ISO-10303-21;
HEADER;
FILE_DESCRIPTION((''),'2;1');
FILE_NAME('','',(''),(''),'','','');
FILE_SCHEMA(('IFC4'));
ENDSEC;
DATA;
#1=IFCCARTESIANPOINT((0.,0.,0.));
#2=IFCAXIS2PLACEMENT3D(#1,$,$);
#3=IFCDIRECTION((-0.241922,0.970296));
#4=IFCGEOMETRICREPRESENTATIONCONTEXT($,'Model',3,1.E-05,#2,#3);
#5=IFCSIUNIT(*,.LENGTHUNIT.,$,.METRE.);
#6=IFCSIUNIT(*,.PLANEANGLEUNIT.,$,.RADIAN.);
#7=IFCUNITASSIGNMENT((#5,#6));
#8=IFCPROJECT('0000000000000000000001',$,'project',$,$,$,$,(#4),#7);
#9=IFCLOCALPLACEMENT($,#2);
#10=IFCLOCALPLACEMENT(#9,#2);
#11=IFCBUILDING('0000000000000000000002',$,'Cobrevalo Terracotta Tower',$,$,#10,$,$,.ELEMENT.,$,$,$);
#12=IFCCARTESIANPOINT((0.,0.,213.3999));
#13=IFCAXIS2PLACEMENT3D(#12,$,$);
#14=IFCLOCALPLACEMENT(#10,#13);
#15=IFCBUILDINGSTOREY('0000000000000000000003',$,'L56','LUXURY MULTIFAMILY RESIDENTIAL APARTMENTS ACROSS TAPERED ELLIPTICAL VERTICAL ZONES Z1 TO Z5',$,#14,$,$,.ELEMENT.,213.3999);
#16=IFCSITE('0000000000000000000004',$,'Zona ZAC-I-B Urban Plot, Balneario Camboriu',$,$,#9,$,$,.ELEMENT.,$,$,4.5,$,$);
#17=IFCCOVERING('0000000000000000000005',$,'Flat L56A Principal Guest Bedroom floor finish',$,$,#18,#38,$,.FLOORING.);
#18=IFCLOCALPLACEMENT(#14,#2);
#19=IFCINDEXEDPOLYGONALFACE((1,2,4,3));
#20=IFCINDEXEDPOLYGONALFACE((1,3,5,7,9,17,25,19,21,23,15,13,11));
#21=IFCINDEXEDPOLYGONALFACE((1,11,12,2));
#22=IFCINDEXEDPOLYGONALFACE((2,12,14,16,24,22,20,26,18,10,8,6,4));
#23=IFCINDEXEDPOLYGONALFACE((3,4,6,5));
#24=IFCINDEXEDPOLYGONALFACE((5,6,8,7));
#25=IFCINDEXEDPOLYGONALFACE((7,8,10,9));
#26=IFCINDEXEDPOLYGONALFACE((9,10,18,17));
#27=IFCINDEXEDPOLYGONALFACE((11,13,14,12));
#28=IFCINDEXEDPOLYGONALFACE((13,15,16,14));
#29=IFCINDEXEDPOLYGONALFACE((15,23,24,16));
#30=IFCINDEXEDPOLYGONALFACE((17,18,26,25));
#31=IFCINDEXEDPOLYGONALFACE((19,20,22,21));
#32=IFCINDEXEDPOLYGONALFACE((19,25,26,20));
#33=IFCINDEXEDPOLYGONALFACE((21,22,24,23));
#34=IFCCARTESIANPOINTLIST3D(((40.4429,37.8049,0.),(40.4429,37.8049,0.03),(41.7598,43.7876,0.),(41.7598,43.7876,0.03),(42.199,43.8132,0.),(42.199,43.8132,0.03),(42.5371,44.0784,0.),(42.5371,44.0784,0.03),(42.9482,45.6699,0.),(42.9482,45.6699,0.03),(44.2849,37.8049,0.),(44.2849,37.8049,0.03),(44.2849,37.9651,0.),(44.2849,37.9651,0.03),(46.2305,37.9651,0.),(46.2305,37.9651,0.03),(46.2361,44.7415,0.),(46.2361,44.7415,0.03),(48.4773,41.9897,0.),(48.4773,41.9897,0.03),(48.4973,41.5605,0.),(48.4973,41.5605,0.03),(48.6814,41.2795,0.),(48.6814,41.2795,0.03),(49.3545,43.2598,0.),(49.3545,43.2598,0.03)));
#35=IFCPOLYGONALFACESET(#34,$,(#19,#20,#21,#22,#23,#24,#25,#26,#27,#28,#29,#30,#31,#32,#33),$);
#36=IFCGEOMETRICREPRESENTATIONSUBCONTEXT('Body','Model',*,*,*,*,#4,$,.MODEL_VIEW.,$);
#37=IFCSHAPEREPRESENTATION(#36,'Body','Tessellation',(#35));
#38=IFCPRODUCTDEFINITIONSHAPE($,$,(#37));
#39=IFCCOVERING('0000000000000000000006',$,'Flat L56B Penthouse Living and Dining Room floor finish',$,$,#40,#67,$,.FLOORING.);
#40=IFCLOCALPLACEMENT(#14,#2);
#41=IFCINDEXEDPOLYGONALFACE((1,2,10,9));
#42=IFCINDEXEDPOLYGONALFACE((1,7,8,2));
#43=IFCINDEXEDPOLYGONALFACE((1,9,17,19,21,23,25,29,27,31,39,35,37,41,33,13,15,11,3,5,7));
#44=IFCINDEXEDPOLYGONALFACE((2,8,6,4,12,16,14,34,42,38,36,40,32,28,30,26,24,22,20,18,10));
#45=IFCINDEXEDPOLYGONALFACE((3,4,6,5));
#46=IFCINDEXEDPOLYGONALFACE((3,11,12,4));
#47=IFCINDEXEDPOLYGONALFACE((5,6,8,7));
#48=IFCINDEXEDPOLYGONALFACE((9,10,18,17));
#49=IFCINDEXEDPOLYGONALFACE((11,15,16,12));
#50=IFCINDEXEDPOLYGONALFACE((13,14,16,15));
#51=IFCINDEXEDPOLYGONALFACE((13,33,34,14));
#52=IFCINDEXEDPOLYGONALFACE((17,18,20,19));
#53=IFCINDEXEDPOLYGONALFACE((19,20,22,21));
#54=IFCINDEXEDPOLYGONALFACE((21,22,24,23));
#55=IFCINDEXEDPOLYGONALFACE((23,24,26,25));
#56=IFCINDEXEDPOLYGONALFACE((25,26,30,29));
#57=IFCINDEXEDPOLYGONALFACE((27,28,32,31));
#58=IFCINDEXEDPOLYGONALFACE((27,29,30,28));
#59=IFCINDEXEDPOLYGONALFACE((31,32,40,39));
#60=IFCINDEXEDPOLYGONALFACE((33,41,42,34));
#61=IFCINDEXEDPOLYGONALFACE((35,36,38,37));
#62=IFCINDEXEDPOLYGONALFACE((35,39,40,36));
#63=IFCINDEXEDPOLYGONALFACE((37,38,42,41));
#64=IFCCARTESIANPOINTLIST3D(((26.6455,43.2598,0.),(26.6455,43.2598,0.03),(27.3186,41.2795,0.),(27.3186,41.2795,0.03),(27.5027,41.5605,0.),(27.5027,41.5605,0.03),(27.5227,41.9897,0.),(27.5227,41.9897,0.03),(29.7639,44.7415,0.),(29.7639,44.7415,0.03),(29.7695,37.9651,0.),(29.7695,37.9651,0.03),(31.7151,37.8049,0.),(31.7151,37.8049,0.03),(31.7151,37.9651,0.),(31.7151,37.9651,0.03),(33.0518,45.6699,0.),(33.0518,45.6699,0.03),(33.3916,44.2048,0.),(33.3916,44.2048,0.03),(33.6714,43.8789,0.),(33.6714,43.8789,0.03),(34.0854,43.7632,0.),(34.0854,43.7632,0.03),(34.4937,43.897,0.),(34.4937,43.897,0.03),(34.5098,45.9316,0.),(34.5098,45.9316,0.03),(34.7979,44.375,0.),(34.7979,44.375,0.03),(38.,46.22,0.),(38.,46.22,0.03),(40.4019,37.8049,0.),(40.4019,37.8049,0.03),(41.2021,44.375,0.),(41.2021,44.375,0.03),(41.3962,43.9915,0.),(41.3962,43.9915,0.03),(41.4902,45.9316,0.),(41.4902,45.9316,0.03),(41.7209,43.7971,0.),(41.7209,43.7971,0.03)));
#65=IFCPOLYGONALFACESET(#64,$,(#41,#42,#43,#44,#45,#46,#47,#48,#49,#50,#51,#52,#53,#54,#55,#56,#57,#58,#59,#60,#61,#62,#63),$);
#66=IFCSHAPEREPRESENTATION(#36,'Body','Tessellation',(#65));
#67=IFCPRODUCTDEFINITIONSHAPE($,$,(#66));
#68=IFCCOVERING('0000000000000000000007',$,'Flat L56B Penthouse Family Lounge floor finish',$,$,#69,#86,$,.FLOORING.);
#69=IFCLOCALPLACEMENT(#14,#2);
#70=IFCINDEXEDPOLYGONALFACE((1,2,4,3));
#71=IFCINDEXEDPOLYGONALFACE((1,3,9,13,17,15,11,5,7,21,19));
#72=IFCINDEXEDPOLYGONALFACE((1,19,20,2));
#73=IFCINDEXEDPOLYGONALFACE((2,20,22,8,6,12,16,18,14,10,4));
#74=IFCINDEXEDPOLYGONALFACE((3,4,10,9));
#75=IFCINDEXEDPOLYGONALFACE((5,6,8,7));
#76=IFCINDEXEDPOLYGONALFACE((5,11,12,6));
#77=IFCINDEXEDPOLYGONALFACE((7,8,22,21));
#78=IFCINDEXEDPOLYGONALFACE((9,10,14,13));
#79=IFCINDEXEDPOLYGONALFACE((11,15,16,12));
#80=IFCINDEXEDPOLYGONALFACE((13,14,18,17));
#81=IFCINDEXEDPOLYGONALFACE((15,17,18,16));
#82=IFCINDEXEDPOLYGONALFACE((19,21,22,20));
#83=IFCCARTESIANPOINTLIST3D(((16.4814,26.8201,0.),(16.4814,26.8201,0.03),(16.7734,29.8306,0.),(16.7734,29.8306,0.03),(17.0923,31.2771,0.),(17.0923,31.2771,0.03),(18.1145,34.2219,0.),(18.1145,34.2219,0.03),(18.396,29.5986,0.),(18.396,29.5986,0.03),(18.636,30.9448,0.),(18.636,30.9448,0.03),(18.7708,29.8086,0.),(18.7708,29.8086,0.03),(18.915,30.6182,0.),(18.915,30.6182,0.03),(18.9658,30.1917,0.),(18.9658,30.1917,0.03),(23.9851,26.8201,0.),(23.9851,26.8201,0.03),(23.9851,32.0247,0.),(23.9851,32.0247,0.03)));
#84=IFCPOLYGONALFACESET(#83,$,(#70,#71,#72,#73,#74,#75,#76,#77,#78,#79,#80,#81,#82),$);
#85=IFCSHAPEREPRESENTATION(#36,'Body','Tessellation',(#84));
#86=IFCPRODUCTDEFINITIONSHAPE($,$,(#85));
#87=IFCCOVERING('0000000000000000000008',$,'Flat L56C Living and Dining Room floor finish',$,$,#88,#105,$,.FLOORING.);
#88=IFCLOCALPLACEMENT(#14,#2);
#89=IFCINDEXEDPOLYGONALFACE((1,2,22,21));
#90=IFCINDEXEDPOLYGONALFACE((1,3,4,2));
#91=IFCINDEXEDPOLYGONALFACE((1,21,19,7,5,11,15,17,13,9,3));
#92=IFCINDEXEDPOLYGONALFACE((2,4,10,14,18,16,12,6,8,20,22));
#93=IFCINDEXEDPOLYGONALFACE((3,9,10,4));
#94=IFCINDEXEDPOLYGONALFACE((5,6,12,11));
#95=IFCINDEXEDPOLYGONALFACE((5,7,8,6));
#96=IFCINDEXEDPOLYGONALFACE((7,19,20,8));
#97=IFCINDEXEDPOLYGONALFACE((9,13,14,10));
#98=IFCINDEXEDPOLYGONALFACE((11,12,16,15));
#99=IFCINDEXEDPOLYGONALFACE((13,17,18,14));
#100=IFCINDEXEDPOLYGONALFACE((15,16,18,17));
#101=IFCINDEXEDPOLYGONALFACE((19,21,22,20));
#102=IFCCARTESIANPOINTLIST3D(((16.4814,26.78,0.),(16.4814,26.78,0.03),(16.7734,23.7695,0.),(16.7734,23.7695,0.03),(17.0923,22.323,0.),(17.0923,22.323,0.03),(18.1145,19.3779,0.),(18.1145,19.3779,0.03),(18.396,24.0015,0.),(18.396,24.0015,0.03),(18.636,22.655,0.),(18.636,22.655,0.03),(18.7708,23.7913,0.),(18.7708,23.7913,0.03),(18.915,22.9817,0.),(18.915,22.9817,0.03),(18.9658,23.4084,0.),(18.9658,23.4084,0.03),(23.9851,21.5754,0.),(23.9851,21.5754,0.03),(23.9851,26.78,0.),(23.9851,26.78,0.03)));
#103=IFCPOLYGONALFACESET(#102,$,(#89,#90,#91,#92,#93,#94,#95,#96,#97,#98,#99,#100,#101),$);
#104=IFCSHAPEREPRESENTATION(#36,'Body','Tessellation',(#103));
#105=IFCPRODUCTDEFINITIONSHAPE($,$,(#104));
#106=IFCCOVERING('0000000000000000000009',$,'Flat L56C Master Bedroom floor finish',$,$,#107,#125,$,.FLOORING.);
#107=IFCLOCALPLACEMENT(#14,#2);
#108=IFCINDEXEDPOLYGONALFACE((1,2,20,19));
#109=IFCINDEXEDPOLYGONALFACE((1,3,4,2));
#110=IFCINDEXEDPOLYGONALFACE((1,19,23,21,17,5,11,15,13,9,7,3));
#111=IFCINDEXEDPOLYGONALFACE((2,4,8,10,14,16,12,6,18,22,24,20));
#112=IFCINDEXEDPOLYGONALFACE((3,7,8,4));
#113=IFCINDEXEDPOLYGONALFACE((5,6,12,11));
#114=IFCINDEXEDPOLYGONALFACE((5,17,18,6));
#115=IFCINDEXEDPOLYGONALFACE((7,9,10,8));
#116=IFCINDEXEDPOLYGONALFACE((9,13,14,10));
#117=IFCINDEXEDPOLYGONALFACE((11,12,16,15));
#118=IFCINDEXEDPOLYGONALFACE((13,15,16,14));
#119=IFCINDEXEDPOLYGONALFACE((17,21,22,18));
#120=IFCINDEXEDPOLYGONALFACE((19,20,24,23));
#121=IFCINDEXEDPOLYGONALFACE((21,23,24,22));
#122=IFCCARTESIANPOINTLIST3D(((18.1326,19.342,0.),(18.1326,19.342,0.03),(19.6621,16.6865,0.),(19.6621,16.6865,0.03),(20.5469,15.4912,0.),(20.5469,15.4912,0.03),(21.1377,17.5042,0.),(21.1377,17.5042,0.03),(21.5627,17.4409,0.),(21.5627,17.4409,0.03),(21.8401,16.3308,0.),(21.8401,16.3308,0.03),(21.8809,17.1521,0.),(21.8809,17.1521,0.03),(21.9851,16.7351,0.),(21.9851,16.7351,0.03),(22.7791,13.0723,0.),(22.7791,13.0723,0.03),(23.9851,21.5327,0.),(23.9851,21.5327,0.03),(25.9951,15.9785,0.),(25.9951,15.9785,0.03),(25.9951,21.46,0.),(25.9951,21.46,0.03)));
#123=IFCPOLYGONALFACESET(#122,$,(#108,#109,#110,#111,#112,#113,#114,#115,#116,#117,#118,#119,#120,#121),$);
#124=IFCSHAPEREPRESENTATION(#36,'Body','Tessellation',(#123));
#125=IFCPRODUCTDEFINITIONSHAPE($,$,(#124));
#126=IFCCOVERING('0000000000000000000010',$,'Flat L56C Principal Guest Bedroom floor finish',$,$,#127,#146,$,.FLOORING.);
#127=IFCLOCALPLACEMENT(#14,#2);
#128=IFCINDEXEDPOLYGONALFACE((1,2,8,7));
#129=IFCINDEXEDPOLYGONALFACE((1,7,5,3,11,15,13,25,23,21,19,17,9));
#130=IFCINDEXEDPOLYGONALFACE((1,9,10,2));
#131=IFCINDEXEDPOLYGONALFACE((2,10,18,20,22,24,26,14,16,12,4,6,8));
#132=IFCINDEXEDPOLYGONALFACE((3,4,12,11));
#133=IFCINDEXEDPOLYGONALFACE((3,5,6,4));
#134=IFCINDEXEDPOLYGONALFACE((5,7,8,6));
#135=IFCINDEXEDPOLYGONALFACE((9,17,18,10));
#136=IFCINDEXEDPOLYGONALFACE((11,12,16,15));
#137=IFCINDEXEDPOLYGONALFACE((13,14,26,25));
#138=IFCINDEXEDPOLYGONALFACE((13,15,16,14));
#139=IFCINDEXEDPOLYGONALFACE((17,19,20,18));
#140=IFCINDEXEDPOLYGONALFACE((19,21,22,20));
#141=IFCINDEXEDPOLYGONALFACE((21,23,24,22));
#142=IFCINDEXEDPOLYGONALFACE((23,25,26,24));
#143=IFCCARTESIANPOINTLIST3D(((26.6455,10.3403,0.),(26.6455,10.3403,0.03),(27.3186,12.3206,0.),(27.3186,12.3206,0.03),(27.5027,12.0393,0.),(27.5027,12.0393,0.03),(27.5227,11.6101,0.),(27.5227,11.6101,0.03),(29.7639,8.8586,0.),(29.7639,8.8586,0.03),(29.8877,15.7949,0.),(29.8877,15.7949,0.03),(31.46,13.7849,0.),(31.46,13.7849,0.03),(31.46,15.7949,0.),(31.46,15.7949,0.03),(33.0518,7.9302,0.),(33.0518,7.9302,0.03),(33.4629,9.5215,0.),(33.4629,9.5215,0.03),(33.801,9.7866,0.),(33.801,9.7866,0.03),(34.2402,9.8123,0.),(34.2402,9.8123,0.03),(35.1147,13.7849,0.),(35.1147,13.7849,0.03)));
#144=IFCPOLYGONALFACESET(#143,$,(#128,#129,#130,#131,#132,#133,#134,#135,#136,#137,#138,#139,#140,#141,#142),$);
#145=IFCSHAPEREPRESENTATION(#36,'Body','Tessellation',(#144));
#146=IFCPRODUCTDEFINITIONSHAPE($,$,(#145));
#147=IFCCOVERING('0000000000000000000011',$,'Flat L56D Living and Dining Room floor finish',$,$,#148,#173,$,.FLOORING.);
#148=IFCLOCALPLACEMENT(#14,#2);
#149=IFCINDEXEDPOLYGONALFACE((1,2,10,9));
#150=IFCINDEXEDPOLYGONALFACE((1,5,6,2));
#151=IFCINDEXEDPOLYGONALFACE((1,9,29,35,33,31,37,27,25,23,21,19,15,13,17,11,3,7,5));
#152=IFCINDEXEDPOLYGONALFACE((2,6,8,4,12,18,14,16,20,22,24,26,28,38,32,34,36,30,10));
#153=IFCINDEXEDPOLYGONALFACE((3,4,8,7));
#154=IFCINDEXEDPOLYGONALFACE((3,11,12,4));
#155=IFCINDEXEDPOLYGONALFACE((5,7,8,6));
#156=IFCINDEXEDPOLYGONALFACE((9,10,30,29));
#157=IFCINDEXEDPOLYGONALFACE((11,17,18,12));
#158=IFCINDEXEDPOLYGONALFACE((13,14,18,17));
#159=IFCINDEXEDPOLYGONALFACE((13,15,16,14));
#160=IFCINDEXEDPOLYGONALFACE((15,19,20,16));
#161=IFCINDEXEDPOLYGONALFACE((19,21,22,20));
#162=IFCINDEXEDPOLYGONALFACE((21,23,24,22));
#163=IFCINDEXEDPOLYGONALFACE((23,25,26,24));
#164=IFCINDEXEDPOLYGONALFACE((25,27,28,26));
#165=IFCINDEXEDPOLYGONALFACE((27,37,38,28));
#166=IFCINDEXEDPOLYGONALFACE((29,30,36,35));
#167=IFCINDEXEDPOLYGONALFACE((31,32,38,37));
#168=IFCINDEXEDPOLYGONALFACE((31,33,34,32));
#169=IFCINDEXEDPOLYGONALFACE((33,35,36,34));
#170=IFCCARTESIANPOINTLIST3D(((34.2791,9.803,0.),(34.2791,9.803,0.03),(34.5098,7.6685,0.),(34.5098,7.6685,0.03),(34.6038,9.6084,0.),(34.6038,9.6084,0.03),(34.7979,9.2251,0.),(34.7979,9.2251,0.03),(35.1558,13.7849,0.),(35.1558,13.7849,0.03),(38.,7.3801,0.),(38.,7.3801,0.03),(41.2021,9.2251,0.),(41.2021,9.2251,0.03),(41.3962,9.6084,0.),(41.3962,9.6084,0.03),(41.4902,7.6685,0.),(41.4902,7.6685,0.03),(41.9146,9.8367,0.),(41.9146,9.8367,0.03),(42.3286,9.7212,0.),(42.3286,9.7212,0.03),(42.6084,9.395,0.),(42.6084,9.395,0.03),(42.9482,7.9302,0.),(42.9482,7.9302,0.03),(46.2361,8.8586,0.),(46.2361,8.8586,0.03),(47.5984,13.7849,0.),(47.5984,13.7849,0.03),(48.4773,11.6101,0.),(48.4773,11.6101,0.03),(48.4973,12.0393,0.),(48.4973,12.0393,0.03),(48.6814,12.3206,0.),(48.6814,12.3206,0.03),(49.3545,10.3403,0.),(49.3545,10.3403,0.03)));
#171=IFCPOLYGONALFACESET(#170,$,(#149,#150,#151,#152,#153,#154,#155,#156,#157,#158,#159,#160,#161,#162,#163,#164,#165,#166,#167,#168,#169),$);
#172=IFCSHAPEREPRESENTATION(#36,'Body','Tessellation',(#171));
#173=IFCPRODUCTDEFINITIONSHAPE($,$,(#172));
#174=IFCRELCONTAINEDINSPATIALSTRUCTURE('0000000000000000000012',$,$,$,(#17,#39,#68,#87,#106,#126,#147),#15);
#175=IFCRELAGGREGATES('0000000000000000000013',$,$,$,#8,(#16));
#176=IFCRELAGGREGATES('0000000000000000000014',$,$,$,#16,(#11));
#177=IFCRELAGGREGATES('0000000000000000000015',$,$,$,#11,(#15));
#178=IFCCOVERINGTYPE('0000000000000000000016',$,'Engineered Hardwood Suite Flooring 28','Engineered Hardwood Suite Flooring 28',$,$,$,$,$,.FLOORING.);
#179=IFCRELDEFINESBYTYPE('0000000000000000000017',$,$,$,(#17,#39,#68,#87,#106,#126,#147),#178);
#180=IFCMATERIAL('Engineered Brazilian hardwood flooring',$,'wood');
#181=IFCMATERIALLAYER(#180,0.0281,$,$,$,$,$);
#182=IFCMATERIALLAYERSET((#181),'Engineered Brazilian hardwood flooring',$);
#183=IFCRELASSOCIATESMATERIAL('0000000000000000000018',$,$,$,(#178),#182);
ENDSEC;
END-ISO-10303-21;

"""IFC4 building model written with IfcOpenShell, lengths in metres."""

from ifc_helpers import new_model, si_unit, direction, frame, origin, place, context, subcontext, project, spatial, polyline, outline, extrude, material, layer, layer_set, type_object, element, save


model = new_model("IFC4")

# Units and contexts
model_context = context("Model", 3, precision=1e-05, world=origin(), true_north=direction((-0.241922, 0.970296)))
body_context = subcontext(model_context, "Body", "Model", "MODEL_VIEW")
ifc_project = project(units=[si_unit("LENGTHUNIT", "METRE"), si_unit("PLANEANGLEUNIT", "RADIAN")], contexts=[model_context])

# Site, building, storey
site_placement = place(None, origin())
site = spatial("IfcSite", under=ifc_project, at=site_placement, Name="Zona ZAC-I-B Urban Plot, Balneario Camboriu", CompositionType="ELEMENT", RefElevation=4.5)
building_placement = place(site_placement, origin())
building = spatial("IfcBuilding", under=site, at=building_placement, Name="Cobrevalo Terracotta Tower", CompositionType="ELEMENT")
storey_placement = place(building_placement, frame((0.0, 0.0, 213.3999)))
storey = spatial("IfcBuildingStorey", under=building, at=storey_placement, Name="L56", Description="LUXURY MULTIFAMILY RESIDENTIAL APARTMENTS ACROSS TAPERED ELLIPTICAL VERTICAL ZONES Z1 TO Z5", CompositionType="ELEMENT", Elevation=213.3999)

# Coverings
ifc_material_1 = material(Name="Engineered Brazilian hardwood flooring", Category="wood")
ifc_layer_1 = layer(ifc_material_1, 0.0281)
ifc_layer_set_1 = layer_set([ifc_layer_1], Name="Engineered Brazilian hardwood flooring")
covering_type_1 = type_object("IfcCoveringType", Name="Engineered Hardwood Suite Flooring 28", Description="Engineered Hardwood Suite Flooring 28", PredefinedType="FLOORING", material=ifc_layer_set_1)
covering_1_placement = place(storey_placement, origin())
element("IfcCovering", 1, at=covering_1_placement, inside=storey, type_object=covering_type_1, Name="Flat L56A Principal Guest Bedroom floor finish", PredefinedType="FLOORING", context=body_context, shape_type="SweptSolid", body=[
    extrude(outline(polyline([(49.3545, 43.2598), (48.4773, 41.9897), (48.4973, 41.5605), (48.6814, 41.2795), (46.2305, 37.9651), (44.2849, 37.9651), (44.2849, 37.8049), (40.4429, 37.8049), (41.7598, 43.7876), (42.199, 43.8132), (42.5371, 44.0784), (42.9482, 45.6699), (46.2361, 44.7415), (49.3545, 43.2598)])), origin(), (0.0, 0.0, 1.0), 0.03),
])
covering_2_placement = place(storey_placement, origin())
element("IfcCovering", 2, at=covering_2_placement, inside=storey, type_object=covering_type_1, Name="Flat L56B Penthouse Living and Dining Room floor finish", PredefinedType="FLOORING", context=body_context, shape_type="SweptSolid", body=[
    extrude(outline(polyline([(29.7639, 44.7415), (33.0518, 45.6699), (33.3916, 44.2048), (33.6714, 43.8789), (34.0854, 43.7632), (34.4937, 43.897), (34.7979, 44.375), (34.5098, 45.9316), (38.0, 46.22), (41.4902, 45.9316), (41.2021, 44.375), (41.3962, 43.9915), (41.7209, 43.7971), (40.4019, 37.8049), (31.7151, 37.8049), (31.7151, 37.9651), (29.7695, 37.9651), (27.3186, 41.2795), (27.5027, 41.5605), (27.5227, 41.9897), (26.6455, 43.2598), (29.7639, 44.7415)])), origin(), (0.0, 0.0, 1.0), 0.03),
])
covering_3_placement = place(storey_placement, origin())
element("IfcCovering", 3, at=covering_3_placement, inside=storey, type_object=covering_type_1, Name="Flat L56B Penthouse Family Lounge floor finish", PredefinedType="FLOORING", context=body_context, shape_type="SweptSolid", body=[
    extrude(outline(polyline([(23.9851, 32.0247), (23.9851, 26.8201), (16.4814, 26.8201), (16.7734, 29.8306), (18.396, 29.5986), (18.7708, 29.8086), (18.9658, 30.1917), (18.915, 30.6182), (18.636, 30.9448), (17.0923, 31.2771), (18.1145, 34.2219), (23.9851, 32.0247)])), origin(), (0.0, 0.0, 1.0), 0.03),
])
covering_4_placement = place(storey_placement, origin())
element("IfcCovering", 4, at=covering_4_placement, inside=storey, type_object=covering_type_1, Name="Flat L56C Living and Dining Room floor finish", PredefinedType="FLOORING", context=body_context, shape_type="SweptSolid", body=[
    extrude(outline(polyline([(18.1145, 19.3779), (17.0923, 22.323), (18.636, 22.655), (18.915, 22.9817), (18.9658, 23.4084), (18.7708, 23.7913), (18.396, 24.0015), (16.7734, 23.7695), (16.4814, 26.78), (23.9851, 26.78), (23.9851, 21.5754), (18.1145, 19.3779)])), origin(), (0.0, 0.0, 1.0), 0.03),
])
covering_5_placement = place(storey_placement, origin())
element("IfcCovering", 5, at=covering_5_placement, inside=storey, type_object=covering_type_1, Name="Flat L56C Master Bedroom floor finish", PredefinedType="FLOORING", context=body_context, shape_type="SweptSolid", body=[
    extrude(outline(polyline([(22.7791, 13.0723), (20.5469, 15.4912), (21.8401, 16.3308), (21.9851, 16.7351), (21.8809, 17.1521), (21.5627, 17.4409), (21.1377, 17.5042), (19.6621, 16.6865), (18.1326, 19.342), (23.9851, 21.5327), (25.9951, 21.46), (25.9951, 15.9785), (22.7791, 13.0723)])), origin(), (0.0, 0.0, 1.0), 0.03),
])
covering_6_placement = place(storey_placement, origin())
element("IfcCovering", 6, at=covering_6_placement, inside=storey, type_object=covering_type_1, Name="Flat L56C Principal Guest Bedroom floor finish", PredefinedType="FLOORING", context=body_context, shape_type="SweptSolid", body=[
    extrude(outline(polyline([(26.6455, 10.3403), (27.5227, 11.6101), (27.5027, 12.0393), (27.3186, 12.3206), (29.8877, 15.7949), (31.46, 15.7949), (31.46, 13.7849), (35.1147, 13.7849), (34.2402, 9.8123), (33.801, 9.7866), (33.4629, 9.5215), (33.0518, 7.9302), (29.7639, 8.8586), (26.6455, 10.3403)])), origin(), (0.0, 0.0, 1.0), 0.03),
])
covering_7_placement = place(storey_placement, origin())
element("IfcCovering", 7, at=covering_7_placement, inside=storey, type_object=covering_type_1, Name="Flat L56D Living and Dining Room floor finish", PredefinedType="FLOORING", context=body_context, shape_type="SweptSolid", body=[
    extrude(outline(polyline([(46.2361, 8.8586), (42.9482, 7.9302), (42.6084, 9.395), (42.3286, 9.7212), (41.9146, 9.8367), (41.3962, 9.6084), (41.2021, 9.2251), (41.4902, 7.6685), (38.0, 7.3801), (34.5098, 7.6685), (34.7979, 9.2251), (34.6038, 9.6084), (34.2791, 9.803), (35.1558, 13.7849), (47.5984, 13.7849), (48.6814, 12.3206), (48.4973, 12.0393), (48.4773, 11.6101), (49.3545, 10.3403), (46.2361, 8.8586)])), origin(), (0.0, 0.0, 1.0), 0.03),
])

save(model, "model.ifc")
